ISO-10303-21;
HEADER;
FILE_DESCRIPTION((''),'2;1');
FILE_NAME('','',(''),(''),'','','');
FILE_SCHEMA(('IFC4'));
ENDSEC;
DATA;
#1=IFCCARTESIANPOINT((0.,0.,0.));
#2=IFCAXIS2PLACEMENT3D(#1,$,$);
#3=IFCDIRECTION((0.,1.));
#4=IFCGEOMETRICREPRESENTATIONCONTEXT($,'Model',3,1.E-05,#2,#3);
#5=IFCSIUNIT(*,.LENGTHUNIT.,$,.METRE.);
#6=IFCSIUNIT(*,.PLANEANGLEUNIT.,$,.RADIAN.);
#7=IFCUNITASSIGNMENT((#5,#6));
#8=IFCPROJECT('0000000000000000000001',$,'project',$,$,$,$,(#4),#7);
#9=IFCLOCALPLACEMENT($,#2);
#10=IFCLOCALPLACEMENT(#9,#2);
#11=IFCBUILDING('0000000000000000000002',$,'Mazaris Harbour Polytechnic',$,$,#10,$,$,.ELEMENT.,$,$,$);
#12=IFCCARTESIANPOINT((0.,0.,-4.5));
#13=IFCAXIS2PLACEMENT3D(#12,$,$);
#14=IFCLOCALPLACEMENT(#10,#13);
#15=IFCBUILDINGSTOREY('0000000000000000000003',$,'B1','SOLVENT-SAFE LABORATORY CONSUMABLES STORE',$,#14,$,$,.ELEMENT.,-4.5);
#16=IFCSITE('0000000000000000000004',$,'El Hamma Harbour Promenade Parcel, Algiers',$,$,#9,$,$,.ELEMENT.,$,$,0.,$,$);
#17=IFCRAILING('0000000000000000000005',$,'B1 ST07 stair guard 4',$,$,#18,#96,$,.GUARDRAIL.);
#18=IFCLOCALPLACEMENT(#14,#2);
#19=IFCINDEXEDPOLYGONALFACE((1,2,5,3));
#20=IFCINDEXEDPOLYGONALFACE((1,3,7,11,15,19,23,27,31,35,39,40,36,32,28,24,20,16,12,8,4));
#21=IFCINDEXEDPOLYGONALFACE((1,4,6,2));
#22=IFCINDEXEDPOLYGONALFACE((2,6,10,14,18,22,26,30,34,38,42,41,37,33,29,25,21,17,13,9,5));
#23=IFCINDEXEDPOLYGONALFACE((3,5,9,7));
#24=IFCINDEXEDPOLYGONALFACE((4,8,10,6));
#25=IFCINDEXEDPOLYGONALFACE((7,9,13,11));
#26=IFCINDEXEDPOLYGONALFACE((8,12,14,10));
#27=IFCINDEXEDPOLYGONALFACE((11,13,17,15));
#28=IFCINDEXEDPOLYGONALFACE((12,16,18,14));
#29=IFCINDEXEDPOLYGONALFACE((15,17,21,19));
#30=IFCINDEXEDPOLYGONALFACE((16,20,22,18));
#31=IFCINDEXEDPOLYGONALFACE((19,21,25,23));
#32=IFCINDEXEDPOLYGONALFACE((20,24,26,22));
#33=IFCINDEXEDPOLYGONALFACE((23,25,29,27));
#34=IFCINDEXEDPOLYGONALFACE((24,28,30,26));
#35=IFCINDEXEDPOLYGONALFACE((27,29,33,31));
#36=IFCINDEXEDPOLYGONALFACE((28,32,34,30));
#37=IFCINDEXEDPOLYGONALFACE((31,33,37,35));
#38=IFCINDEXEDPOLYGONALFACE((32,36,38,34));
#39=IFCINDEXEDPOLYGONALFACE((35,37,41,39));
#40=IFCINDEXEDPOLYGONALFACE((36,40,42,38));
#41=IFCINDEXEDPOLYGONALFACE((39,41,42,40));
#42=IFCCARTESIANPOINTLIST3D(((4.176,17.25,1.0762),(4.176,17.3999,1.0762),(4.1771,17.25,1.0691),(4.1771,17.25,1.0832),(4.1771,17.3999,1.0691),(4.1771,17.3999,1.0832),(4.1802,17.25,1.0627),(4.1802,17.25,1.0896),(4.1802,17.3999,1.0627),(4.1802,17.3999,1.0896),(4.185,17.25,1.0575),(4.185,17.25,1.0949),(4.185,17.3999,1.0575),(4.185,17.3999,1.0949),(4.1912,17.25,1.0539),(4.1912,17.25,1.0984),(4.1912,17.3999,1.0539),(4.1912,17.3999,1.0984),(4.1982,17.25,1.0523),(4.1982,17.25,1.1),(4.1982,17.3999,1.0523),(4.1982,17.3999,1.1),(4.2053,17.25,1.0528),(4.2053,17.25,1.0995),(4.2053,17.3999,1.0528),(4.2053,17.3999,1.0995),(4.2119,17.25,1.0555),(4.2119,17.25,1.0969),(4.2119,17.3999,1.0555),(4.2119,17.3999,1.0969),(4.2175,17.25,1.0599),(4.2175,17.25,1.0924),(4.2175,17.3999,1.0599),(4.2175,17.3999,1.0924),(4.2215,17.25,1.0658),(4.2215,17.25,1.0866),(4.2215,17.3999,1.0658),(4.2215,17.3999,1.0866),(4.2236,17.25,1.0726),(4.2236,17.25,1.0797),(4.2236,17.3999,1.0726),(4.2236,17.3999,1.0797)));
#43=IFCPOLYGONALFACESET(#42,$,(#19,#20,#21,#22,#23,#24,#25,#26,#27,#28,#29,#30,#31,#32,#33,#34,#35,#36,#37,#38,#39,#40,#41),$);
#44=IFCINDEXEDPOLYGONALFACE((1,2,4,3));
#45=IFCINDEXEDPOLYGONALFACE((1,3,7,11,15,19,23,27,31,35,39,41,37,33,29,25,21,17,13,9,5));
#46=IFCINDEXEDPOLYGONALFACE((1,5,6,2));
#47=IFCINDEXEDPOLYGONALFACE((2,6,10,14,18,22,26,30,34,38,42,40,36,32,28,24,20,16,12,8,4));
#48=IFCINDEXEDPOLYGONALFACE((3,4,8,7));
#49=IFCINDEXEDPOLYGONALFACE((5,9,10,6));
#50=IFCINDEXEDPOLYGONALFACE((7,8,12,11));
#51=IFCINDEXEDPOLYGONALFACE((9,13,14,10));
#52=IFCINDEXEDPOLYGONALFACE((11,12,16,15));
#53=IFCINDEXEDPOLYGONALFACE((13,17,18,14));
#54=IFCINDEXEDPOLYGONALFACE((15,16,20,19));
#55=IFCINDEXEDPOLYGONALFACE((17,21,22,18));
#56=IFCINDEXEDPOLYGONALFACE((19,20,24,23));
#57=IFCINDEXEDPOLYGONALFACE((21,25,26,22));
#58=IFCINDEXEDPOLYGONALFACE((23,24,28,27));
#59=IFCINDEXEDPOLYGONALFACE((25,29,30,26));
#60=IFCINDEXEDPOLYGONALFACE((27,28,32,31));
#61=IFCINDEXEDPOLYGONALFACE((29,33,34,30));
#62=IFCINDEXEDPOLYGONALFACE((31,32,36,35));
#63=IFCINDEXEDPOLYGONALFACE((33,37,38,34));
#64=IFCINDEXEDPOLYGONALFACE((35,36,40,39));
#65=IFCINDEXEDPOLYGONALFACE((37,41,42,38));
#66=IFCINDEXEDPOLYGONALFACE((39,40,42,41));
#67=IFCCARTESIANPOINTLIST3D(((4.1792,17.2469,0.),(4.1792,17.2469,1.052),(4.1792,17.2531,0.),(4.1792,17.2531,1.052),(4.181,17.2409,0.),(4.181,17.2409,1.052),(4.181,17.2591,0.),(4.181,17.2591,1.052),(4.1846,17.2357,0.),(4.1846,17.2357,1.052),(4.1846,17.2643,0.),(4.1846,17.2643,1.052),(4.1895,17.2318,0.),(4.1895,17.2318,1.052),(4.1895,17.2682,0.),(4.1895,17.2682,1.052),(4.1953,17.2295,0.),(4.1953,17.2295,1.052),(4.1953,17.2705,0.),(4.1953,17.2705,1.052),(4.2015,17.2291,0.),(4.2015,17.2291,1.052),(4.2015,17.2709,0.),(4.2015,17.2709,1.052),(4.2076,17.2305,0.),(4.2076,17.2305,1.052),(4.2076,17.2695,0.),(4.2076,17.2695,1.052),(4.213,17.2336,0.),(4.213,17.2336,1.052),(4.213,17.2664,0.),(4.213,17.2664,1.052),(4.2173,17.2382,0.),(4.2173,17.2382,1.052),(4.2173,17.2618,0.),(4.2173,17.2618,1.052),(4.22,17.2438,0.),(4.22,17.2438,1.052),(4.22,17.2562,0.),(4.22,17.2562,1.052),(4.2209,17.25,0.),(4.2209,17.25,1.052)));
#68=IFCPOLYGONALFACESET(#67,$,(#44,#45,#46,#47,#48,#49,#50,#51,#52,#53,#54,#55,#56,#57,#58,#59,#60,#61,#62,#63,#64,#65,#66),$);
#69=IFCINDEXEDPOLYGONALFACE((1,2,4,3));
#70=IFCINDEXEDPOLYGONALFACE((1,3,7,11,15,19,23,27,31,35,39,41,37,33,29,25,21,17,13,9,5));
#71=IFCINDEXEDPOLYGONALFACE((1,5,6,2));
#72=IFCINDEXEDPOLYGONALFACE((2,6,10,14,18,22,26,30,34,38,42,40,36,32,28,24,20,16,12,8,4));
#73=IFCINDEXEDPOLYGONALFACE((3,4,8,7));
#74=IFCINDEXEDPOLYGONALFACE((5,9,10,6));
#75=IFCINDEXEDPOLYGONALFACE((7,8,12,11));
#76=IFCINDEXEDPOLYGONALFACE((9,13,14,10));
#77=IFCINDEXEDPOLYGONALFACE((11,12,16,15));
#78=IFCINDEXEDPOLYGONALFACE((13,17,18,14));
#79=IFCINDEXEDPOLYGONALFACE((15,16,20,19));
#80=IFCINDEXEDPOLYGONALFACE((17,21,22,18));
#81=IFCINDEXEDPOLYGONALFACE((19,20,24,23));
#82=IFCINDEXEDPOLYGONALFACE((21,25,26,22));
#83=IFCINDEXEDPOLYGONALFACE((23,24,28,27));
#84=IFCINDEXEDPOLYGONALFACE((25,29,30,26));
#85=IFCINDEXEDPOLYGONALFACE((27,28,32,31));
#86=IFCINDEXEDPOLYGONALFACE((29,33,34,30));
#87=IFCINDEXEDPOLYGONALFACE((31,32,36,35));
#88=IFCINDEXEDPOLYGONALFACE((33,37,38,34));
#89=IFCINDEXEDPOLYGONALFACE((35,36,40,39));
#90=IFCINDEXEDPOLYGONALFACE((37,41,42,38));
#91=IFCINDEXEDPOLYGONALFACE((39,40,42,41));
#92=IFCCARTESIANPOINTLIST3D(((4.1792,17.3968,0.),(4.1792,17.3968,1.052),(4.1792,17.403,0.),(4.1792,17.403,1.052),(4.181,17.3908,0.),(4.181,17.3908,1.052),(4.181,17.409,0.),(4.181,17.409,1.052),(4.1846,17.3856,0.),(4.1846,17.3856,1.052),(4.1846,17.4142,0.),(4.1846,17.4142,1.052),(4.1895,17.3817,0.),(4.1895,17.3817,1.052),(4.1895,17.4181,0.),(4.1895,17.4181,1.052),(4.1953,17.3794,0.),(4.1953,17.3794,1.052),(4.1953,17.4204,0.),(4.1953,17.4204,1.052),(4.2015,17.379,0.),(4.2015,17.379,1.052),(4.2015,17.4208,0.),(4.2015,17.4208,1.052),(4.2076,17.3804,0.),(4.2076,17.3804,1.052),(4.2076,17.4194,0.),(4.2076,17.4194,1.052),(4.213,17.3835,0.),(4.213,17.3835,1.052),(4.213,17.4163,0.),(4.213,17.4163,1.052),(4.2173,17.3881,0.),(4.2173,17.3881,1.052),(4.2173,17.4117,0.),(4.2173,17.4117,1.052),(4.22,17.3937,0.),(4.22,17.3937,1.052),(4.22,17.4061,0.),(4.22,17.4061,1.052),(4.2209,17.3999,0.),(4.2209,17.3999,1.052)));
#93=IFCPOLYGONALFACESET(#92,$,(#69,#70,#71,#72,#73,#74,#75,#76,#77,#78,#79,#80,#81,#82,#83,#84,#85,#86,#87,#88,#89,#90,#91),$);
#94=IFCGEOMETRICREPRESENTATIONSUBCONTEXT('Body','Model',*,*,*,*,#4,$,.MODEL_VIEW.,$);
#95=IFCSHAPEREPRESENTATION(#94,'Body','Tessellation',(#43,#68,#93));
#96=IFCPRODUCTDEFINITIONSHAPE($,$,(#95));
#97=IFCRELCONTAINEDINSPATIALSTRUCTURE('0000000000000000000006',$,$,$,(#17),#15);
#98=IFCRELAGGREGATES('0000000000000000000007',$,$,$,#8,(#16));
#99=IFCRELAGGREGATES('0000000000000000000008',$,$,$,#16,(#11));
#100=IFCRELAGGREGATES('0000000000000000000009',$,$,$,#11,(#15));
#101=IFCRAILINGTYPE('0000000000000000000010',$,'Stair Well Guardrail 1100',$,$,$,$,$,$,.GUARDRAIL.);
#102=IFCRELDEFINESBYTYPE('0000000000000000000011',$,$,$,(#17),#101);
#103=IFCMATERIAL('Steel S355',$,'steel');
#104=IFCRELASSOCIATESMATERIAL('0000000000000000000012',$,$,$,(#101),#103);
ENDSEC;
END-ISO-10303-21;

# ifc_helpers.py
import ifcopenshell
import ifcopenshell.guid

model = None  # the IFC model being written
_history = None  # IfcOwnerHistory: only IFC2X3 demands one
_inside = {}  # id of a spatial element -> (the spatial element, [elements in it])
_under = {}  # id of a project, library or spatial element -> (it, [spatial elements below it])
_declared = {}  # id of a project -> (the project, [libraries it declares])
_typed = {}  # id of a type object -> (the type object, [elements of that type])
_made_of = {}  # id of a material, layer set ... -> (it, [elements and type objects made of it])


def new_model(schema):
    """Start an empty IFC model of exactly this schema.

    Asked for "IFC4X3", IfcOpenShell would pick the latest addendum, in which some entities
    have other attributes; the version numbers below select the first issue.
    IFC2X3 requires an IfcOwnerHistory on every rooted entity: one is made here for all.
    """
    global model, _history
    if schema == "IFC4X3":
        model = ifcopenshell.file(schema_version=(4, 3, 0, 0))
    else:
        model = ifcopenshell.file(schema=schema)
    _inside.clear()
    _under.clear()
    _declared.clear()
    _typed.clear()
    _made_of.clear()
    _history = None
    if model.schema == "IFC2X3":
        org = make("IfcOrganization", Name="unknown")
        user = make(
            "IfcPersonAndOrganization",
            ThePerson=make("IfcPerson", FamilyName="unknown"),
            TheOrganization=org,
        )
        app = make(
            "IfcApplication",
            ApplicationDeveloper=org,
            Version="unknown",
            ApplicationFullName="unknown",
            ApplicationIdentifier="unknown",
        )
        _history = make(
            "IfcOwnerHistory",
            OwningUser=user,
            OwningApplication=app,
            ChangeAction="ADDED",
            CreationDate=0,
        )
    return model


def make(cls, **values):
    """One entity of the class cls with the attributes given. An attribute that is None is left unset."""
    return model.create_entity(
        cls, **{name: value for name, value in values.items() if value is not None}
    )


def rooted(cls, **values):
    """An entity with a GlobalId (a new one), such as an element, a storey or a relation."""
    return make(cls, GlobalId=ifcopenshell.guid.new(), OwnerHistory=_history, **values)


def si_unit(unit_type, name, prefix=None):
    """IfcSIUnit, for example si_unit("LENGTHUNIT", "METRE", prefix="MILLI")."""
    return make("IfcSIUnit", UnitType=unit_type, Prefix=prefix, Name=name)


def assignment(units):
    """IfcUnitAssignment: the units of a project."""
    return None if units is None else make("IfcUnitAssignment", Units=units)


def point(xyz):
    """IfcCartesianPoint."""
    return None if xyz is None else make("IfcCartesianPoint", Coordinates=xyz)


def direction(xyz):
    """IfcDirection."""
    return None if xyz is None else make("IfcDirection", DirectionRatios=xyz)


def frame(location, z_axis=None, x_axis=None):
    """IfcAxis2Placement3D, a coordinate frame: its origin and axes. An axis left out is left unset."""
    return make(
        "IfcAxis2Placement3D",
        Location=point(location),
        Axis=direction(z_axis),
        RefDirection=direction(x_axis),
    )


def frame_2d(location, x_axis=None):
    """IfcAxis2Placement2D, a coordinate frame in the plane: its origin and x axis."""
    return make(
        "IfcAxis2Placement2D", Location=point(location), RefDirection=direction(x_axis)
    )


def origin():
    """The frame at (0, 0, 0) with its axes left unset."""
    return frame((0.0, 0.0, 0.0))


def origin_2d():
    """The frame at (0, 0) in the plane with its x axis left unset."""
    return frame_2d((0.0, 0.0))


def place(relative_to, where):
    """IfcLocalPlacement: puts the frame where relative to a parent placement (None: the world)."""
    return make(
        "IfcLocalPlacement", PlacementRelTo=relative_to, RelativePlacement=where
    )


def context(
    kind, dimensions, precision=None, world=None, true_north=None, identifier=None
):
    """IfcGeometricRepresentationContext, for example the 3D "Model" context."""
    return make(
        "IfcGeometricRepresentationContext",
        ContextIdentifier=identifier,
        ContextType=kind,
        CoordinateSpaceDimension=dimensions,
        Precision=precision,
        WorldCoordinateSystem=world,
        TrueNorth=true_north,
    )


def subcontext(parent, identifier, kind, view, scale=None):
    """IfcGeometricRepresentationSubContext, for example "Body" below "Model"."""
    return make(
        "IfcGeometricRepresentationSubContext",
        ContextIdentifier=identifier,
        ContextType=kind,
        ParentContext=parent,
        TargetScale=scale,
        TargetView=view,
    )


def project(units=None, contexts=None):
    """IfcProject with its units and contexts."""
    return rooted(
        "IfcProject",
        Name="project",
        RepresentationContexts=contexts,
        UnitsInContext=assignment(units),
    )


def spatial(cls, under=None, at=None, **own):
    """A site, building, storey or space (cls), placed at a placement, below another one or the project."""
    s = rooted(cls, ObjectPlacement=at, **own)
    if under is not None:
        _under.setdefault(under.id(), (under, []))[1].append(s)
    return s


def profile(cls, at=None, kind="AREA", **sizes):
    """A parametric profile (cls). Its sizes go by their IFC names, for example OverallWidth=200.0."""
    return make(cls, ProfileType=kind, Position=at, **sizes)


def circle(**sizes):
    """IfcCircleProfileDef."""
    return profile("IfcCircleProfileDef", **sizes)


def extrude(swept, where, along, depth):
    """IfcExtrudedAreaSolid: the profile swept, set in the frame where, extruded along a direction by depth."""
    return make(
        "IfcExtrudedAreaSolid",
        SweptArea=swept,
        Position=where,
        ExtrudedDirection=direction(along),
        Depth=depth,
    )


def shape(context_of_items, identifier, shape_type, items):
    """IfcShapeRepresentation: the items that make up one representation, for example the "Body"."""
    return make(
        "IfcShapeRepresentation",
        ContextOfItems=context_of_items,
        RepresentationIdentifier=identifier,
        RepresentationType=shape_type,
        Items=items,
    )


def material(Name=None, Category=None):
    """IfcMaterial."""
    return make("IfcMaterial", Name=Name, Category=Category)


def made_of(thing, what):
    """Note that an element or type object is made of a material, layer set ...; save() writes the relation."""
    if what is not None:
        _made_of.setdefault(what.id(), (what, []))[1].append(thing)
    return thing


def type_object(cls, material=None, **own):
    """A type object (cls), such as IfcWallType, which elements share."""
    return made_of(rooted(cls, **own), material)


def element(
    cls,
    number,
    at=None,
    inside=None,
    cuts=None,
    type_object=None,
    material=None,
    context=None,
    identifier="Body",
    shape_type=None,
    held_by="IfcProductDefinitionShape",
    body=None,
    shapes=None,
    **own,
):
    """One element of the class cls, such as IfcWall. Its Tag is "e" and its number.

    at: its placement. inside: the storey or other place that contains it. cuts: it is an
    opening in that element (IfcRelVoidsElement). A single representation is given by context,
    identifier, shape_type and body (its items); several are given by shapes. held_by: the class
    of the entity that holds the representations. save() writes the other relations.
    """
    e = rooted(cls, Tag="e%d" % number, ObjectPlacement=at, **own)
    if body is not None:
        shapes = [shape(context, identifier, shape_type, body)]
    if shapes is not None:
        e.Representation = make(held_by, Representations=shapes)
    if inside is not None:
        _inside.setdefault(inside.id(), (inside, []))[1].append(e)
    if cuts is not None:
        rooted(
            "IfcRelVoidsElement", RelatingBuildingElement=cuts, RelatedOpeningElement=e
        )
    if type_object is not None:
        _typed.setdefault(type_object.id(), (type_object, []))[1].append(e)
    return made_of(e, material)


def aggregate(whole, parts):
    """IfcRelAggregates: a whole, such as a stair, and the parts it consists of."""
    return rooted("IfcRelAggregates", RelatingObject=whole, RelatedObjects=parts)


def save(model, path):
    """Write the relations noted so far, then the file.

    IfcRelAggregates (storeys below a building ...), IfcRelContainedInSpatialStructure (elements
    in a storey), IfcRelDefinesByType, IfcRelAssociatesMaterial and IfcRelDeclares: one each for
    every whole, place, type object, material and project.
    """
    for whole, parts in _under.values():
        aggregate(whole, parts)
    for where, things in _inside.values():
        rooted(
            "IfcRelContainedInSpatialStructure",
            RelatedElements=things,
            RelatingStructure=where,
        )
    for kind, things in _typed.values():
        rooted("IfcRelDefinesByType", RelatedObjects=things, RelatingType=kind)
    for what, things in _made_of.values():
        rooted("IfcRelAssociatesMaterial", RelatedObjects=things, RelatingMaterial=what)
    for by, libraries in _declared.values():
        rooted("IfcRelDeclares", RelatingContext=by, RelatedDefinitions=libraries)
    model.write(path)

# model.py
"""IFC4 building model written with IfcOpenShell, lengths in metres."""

from ifc_helpers import new_model, si_unit, direction, frame, origin, origin_2d, place, context, subcontext, project, spatial, circle, extrude, material, type_object, element, save


model = new_model("IFC4")

# Units and contexts
model_context = context("Model", 3, precision=1e-05, world=origin(), true_north=direction((0.0, 1.0)))
body_context = subcontext(model_context, "Body", "Model", "MODEL_VIEW")
ifc_project = project(units=[si_unit("LENGTHUNIT", "METRE"), si_unit("PLANEANGLEUNIT", "RADIAN")], contexts=[model_context])

# Site, building, storey
site_placement = place(None, origin())
site = spatial("IfcSite", under=ifc_project, at=site_placement, Name="El Hamma Harbour Promenade Parcel, Algiers", CompositionType="ELEMENT", RefElevation=0.0)
building_placement = place(site_placement, origin())
building = spatial("IfcBuilding", under=site, at=building_placement, Name="Mazaris Harbour Polytechnic", CompositionType="ELEMENT")
storey_placement = place(building_placement, frame((0.0, 0.0, -4.5)))
storey = spatial("IfcBuildingStorey", under=building, at=storey_placement, Name="B1", Description="SOLVENT-SAFE LABORATORY CONSUMABLES STORE", CompositionType="ELEMENT", Elevation=-4.5)

# Railing
ifc_material_1 = material(Name="Steel S355", Category="steel")
railing_type_1 = type_object("IfcRailingType", Name="Stair Well Guardrail 1100", PredefinedType="GUARDRAIL", material=ifc_material_1)
railing_1_placement = place(storey_placement, frame((4.2, 17.25, 0.0)))
element("IfcRailing", 1, at=railing_1_placement, inside=storey, type_object=railing_type_1, Name="B1 ST07 stair guard 4", PredefinedType="GUARDRAIL", context=body_context, shape_type="SweptSolid", body=[
    extrude(circle(Radius=0.0239, at=origin_2d()), frame((0.0, 0.0, 1.0762), z_axis=(0.0, 1.0, 0.0), x_axis=(-1.0, 0.0, 0.0)), (0.0, 0.0, 1.0), 0.1499),
    extrude(circle(Radius=0.021, at=origin_2d()), origin(), (0.0, 0.0, 1.0), 1.052),
    extrude(circle(Radius=0.021, at=origin_2d()), frame((0.0, 0.1499, 0.0)), (0.0, 0.0, 1.0), 1.052),
])

save(model, "model.ifc")
